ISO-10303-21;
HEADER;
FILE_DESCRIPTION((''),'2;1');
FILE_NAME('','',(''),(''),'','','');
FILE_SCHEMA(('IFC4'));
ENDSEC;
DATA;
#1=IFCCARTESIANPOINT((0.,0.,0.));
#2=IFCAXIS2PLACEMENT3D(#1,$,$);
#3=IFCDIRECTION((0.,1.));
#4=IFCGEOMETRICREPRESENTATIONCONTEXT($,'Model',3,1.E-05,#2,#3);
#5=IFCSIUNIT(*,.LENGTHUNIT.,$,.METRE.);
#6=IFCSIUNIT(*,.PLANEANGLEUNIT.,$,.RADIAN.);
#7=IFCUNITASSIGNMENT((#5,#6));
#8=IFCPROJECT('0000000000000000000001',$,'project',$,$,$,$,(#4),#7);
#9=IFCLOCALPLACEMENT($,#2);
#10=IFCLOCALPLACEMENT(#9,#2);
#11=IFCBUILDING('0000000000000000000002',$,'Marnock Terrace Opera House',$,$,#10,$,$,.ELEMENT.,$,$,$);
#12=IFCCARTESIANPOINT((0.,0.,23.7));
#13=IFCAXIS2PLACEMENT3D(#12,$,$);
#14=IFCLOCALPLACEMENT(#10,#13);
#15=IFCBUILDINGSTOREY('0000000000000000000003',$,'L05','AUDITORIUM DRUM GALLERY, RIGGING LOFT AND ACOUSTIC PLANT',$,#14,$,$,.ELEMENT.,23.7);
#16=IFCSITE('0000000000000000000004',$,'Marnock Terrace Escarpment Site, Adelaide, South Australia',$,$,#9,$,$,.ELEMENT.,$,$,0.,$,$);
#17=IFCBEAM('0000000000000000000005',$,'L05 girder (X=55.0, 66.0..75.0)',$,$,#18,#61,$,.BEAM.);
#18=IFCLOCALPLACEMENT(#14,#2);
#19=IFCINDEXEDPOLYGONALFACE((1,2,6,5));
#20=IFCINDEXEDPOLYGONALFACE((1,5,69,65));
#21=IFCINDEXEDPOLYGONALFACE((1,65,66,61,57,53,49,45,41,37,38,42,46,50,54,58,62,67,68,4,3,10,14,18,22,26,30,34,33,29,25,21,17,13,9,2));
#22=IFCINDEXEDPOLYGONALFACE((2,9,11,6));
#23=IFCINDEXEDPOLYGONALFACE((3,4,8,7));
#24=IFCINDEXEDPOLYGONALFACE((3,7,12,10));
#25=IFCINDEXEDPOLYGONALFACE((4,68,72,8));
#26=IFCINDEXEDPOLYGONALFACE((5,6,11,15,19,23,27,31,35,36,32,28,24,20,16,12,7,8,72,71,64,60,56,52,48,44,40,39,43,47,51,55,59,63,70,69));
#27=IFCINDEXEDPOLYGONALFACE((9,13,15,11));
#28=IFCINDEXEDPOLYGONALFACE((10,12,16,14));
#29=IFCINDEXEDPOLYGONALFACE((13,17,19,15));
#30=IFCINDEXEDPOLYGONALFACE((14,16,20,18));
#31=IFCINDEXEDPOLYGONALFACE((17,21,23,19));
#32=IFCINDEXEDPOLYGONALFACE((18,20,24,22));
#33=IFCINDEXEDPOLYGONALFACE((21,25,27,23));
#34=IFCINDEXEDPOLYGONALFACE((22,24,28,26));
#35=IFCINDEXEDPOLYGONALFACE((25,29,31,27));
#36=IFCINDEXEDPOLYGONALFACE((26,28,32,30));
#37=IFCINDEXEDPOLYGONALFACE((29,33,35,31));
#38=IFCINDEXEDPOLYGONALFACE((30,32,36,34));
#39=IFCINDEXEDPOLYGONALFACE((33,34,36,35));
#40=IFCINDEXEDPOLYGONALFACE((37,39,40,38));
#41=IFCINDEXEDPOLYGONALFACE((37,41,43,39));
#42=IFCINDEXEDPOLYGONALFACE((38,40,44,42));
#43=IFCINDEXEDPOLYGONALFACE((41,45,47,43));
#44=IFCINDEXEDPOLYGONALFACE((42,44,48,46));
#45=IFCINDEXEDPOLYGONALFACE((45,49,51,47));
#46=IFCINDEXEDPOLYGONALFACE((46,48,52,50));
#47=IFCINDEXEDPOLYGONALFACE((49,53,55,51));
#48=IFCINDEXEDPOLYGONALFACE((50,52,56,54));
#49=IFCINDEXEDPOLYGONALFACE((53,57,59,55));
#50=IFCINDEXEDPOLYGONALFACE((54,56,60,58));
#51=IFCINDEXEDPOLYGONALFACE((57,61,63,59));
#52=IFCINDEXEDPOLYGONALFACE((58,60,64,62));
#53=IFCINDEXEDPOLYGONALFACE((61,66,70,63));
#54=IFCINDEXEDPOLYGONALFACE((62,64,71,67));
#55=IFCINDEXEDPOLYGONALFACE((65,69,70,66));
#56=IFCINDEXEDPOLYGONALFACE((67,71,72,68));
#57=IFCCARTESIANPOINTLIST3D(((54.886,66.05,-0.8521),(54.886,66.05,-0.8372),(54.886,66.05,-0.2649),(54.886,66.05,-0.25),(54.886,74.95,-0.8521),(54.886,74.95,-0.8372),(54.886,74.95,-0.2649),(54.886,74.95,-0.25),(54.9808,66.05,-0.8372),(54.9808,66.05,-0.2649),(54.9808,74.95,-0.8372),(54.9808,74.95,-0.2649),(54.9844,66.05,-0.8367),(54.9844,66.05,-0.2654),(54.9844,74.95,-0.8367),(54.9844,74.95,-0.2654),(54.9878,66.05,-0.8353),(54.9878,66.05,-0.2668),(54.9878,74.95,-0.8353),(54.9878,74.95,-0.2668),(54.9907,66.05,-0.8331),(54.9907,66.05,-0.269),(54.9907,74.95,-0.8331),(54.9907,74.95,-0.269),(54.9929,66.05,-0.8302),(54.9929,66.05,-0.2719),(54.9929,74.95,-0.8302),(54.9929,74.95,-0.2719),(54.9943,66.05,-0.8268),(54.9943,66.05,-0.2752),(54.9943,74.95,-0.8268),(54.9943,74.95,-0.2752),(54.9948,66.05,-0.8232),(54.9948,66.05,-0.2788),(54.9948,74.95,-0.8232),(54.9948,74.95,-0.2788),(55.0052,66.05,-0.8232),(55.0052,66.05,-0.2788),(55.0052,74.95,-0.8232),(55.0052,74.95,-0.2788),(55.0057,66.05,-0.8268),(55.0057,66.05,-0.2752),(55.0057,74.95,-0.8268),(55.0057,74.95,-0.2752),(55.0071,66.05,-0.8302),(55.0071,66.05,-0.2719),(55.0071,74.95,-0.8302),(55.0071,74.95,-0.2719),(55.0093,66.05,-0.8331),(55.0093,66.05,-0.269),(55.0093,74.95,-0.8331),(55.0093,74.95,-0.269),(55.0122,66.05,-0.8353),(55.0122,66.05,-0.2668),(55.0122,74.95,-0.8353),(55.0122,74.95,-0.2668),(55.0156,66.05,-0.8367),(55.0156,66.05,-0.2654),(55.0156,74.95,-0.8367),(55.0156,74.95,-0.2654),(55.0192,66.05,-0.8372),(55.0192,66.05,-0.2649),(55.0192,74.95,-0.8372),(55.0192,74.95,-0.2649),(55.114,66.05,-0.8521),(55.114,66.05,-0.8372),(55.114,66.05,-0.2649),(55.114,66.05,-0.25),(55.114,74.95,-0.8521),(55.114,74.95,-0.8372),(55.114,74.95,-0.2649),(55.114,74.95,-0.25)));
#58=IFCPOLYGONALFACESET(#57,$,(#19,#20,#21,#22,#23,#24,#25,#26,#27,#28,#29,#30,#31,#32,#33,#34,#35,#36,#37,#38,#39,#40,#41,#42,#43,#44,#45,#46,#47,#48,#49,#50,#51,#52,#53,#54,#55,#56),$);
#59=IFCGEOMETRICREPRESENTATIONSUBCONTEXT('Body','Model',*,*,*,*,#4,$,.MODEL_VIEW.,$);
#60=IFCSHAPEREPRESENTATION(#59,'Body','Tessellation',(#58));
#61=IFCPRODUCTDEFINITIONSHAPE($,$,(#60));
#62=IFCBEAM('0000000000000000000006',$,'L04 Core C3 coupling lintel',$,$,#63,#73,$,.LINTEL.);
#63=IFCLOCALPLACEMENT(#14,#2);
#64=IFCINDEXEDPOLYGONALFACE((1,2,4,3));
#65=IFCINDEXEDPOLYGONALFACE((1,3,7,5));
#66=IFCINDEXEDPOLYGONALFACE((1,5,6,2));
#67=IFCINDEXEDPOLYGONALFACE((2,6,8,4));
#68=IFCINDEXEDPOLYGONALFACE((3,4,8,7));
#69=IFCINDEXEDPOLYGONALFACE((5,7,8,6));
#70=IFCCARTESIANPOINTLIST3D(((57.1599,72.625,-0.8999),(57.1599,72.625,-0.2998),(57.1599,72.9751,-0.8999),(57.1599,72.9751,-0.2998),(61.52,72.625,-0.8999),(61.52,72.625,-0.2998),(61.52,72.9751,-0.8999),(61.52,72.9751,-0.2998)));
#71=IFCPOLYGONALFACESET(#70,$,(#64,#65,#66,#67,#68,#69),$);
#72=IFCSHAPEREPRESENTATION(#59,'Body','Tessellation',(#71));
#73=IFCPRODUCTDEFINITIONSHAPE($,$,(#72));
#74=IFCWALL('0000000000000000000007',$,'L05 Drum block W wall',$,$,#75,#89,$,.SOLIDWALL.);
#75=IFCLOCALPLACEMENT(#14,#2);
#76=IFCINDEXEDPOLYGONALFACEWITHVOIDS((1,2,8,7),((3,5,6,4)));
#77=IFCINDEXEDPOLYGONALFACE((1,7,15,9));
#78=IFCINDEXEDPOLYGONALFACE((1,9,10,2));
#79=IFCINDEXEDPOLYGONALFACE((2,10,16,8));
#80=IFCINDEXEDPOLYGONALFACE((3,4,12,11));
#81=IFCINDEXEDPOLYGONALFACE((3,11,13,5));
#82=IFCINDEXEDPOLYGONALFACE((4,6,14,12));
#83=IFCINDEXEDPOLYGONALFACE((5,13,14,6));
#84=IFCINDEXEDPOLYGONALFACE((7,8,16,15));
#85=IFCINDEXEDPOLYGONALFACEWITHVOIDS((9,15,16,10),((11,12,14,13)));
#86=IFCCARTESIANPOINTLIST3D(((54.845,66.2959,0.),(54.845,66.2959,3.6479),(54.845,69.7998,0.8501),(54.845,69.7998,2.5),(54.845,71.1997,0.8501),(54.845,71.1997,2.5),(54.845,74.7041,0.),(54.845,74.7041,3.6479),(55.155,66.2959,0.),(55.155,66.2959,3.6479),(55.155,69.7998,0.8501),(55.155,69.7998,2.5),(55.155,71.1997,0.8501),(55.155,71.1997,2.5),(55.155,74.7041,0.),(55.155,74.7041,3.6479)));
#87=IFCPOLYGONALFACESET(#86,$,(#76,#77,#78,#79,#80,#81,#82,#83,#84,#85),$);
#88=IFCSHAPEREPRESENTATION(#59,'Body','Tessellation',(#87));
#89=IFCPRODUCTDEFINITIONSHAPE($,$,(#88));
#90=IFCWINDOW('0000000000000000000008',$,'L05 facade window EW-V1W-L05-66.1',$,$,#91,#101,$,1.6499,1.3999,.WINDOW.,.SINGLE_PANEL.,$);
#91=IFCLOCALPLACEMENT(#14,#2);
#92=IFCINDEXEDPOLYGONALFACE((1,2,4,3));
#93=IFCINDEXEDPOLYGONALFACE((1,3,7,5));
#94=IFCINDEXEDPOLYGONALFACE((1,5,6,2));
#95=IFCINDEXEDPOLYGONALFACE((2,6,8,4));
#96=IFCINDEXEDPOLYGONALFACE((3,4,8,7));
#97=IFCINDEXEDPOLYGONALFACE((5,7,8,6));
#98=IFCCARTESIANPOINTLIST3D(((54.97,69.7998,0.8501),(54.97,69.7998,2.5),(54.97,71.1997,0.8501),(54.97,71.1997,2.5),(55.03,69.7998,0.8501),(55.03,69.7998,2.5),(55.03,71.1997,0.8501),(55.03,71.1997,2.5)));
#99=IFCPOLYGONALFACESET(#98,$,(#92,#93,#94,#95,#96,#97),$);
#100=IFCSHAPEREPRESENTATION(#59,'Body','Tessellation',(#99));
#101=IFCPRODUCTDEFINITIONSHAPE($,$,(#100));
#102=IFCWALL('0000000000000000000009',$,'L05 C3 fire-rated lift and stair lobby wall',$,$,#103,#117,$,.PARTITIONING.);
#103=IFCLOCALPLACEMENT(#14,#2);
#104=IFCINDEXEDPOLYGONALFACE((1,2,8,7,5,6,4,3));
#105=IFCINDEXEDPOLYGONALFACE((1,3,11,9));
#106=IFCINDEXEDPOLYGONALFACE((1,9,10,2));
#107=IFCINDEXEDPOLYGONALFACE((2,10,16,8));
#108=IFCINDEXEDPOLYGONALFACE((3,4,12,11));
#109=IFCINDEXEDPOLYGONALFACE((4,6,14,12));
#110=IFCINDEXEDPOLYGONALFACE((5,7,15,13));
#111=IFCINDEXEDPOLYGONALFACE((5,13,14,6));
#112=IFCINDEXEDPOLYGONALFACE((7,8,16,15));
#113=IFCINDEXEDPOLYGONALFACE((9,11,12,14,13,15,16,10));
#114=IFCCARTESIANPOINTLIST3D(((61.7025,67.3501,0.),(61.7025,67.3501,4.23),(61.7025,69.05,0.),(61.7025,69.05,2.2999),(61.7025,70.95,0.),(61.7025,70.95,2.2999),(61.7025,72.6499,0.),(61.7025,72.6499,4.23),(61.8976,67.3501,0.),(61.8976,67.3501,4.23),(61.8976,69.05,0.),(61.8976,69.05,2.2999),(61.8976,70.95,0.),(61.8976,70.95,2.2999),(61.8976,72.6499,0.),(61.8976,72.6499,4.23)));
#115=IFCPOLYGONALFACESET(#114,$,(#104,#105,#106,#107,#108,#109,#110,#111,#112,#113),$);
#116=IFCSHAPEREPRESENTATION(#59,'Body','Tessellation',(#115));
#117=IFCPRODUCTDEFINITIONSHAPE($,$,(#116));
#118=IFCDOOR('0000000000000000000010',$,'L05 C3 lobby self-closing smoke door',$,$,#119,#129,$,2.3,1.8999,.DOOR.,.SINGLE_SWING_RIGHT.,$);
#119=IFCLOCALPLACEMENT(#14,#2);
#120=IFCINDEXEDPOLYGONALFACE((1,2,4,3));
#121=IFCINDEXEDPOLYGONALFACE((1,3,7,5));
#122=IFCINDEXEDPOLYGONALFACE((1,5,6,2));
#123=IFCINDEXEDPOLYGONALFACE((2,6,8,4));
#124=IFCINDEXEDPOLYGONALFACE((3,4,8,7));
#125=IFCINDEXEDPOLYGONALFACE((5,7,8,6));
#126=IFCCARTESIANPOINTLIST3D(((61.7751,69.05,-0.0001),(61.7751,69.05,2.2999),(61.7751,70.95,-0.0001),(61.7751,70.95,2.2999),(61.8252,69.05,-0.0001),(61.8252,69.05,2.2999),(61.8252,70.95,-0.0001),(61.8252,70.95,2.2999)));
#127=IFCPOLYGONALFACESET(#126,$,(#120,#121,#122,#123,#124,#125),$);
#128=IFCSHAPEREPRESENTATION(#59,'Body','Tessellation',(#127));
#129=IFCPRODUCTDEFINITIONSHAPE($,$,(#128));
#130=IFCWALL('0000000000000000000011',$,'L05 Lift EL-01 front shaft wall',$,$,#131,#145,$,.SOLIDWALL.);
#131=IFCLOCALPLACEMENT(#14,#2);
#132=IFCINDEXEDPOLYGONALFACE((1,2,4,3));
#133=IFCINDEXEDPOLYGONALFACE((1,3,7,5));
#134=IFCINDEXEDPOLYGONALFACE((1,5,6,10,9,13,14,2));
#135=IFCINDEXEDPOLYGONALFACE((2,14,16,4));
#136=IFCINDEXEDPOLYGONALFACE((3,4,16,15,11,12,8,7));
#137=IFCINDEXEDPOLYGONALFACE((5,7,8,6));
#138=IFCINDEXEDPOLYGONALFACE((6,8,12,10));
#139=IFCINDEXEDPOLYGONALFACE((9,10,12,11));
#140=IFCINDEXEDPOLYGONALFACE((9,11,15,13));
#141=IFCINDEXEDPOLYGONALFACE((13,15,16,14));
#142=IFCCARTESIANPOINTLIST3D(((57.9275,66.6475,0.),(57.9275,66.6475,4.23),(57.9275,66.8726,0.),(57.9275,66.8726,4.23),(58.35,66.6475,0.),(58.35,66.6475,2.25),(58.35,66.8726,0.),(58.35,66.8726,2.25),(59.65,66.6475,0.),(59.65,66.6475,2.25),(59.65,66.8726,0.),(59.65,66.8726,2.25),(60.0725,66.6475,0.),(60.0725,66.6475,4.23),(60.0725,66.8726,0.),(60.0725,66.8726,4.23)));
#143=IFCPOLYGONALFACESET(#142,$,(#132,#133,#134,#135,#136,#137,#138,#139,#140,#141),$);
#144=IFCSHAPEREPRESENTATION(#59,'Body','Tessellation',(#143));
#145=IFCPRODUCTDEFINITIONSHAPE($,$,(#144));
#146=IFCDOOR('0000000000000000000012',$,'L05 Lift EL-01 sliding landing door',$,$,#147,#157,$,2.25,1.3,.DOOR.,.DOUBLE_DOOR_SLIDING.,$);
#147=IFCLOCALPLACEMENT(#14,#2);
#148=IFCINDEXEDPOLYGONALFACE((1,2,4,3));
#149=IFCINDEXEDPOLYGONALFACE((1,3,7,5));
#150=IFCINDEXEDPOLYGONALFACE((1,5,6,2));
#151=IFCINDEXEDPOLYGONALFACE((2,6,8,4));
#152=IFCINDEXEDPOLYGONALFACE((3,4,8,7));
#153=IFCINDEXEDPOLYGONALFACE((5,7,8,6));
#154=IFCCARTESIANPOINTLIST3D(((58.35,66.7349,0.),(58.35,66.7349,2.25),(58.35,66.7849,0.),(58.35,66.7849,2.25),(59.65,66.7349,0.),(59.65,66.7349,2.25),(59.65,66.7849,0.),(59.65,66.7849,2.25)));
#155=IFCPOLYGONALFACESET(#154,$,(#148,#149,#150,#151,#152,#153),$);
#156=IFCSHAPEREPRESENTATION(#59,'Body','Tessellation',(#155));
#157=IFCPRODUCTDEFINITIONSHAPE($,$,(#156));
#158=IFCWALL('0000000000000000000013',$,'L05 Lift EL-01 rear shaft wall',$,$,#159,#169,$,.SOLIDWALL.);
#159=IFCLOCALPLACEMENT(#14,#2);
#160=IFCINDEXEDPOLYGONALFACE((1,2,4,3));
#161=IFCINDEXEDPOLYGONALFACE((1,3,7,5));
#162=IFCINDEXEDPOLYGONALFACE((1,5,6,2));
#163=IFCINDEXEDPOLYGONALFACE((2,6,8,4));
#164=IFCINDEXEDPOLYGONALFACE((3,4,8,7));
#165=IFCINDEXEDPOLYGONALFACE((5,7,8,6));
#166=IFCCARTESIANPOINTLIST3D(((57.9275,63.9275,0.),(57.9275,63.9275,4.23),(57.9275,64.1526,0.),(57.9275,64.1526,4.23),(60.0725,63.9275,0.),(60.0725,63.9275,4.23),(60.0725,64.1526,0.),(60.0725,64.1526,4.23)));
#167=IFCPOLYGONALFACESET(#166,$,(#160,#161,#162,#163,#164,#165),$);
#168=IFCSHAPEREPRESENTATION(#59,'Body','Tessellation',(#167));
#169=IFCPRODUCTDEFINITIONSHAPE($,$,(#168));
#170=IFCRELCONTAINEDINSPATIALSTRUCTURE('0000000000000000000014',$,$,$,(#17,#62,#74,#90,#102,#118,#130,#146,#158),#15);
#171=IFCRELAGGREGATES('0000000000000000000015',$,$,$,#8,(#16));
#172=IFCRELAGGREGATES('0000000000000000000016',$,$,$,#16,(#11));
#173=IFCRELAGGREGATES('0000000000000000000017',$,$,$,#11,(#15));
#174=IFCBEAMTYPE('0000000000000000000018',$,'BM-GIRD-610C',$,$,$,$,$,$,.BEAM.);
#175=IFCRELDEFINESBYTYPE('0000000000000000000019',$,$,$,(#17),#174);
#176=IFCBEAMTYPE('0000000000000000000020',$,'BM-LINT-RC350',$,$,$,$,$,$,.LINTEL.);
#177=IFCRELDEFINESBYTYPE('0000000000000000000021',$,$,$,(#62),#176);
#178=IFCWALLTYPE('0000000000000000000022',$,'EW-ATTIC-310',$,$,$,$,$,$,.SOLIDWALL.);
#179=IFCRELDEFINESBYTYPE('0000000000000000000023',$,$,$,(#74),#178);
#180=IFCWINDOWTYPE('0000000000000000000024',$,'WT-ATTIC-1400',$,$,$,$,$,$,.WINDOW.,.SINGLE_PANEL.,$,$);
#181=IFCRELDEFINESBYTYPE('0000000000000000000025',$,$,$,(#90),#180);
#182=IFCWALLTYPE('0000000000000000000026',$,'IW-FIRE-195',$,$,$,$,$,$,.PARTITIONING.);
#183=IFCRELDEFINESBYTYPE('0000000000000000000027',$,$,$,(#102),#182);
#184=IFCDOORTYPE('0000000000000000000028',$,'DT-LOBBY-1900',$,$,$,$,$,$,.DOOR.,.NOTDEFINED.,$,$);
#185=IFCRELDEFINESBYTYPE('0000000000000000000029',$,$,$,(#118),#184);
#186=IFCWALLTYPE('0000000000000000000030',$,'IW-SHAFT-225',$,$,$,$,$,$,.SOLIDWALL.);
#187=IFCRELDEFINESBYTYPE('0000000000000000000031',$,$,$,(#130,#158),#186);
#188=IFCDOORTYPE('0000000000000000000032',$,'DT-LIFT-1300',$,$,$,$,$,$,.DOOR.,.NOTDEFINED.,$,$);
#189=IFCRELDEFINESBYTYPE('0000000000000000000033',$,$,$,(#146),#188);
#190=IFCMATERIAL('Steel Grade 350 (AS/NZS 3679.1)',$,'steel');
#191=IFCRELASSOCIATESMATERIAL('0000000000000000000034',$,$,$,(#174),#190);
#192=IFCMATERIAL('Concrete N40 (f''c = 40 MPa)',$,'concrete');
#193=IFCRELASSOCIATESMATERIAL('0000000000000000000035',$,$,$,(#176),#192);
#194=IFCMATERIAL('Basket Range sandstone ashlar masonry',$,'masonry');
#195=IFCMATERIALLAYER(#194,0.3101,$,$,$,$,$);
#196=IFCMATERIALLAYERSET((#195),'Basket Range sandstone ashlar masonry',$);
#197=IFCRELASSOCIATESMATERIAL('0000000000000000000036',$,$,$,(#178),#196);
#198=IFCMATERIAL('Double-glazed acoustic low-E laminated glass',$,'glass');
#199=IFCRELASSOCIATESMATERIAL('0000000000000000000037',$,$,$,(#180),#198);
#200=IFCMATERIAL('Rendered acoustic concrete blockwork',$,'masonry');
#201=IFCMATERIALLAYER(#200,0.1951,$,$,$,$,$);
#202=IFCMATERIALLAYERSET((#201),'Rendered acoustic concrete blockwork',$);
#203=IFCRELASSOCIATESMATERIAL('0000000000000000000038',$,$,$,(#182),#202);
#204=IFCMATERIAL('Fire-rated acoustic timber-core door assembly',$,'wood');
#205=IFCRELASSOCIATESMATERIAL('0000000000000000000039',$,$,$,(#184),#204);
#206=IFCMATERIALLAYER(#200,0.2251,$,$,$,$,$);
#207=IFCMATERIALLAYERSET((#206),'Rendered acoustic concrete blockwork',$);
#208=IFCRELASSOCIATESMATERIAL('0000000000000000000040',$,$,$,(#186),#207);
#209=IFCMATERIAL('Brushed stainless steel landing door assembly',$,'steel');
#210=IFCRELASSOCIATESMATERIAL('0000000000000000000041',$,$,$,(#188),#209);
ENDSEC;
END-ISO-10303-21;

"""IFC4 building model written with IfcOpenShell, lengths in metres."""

from ifc_helpers import new_model, si_unit, direction, frame, frame_2d, origin, origin_2d, place, context, subcontext, project, spatial, rectangle, i_section, extrude, material, layer, layer_set, material_profile, profile_set, type_object, element, fill, save


model = new_model("IFC4")

# Units and contexts
model_context = context("Model", 3, precision=1e-05, world=origin(), true_north=direction((0.0, 1.0)))
body_context = subcontext(model_context, "Body", "Model", "MODEL_VIEW")
ifc_project = project(units=[si_unit("LENGTHUNIT", "METRE"), si_unit("PLANEANGLEUNIT", "RADIAN")], contexts=[model_context])

# Site, building, storey
site_placement = place(None, origin())
site = spatial("IfcSite", under=ifc_project, at=site_placement, Name="Marnock Terrace Escarpment Site, Adelaide, South Australia", CompositionType="ELEMENT", RefElevation=0.0)
building_placement = place(site_placement, origin())
building = spatial("IfcBuilding", under=site, at=building_placement, Name="Marnock Terrace Opera House", CompositionType="ELEMENT")
storey_placement = place(building_placement, frame((0.0, 0.0, 23.7)))
storey = spatial("IfcBuildingStorey", under=building, at=storey_placement, Name="L05", Description="AUDITORIUM DRUM GALLERY, RIGGING LOFT AND ACOUSTIC PLANT", CompositionType="ELEMENT", Elevation=23.7)

# Shared definitions
ifc_material_1 = material(Name="Concrete N40 (f'c = 40 MPa)", Category="concrete")

# Beams
ifc_material_2 = material(Name="Steel Grade 350 (AS/NZS 3679.1)", Category="steel")
ifc_material_profile_1 = material_profile(ifc_material_2, i_section(OverallWidth=0.228, OverallDepth=0.6021, WebThickness=0.0105, FlangeThickness=0.0149, FilletRadius=0.0139, at=origin_2d()))
ifc_profile_set_1 = profile_set([ifc_material_profile_1], Name="Steel Grade 350 (AS/NZS 3679.1)")
beam_type_1 = type_object("IfcBeamType", Name="BM-GIRD-610C", PredefinedType="BEAM", material=ifc_profile_set_1)
beam_1_placement = place(storey_placement, frame((55.0, 66.05, -0.551), z_axis=(0.0, 1.0, 0.0), x_axis=(-1.0, 0.0, 0.0)))
element("IfcBeam", 1, at=beam_1_placement, inside=storey, type_object=beam_type_1, Name="L05 girder (X=55.0, 66.0..75.0)", PredefinedType="BEAM", context=body_context, shape_type="SweptSolid", body=[
    extrude(i_section(OverallWidth=0.228, OverallDepth=0.6021, WebThickness=0.0105, FlangeThickness=0.0149, FilletRadius=0.0139, at=origin_2d()), origin(), (0.0, 0.0, 1.0), 8.8999),
])
ifc_material_profile_2 = material_profile(ifc_material_1, rectangle(XDim=0.3501, YDim=0.6001, at=origin_2d()))
ifc_profile_set_2 = profile_set([ifc_material_profile_2], Name="Concrete N40 (f'c = 40 MPa)")
beam_type_2 = type_object("IfcBeamType", Name="BM-LINT-RC350", PredefinedType="LINTEL", material=ifc_profile_set_2)
beam_2_placement = place(storey_placement, frame((57.1599, 72.8, -0.5999), z_axis=(1.0, 0.0, 0.0), x_axis=(0.0, 1.0, 0.0)))
element("IfcBeam", 2, at=beam_2_placement, inside=storey, type_object=beam_type_2, Name="L04 Core C3 coupling lintel", PredefinedType="LINTEL", context=body_context, shape_type="SweptSolid", body=[
    extrude(rectangle(XDim=0.3501, YDim=0.6001, at=origin_2d()), origin(), (0.0, 0.0, 1.0), 4.3601),
])

# Wall, opening, window
ifc_material_3 = material(Name="Basket Range sandstone ashlar masonry", Category="masonry")
ifc_layer_1 = layer(ifc_material_3, 0.3101)
ifc_layer_set_1 = layer_set([ifc_layer_1], Name="Basket Range sandstone ashlar masonry")
wall_type_1 = type_object("IfcWallType", Name="EW-ATTIC-310", PredefinedType="SOLIDWALL", material=ifc_layer_set_1)
wall_1_placement = place(storey_placement, frame((55.0, 66.2959, 0.0), z_axis=(0.0, 0.0, 1.0), x_axis=(0.0, 1.0, 0.0)))
wall_1 = element("IfcWall", 3, at=wall_1_placement, inside=storey, type_object=wall_type_1, Name="L05 Drum block W wall", PredefinedType="SOLIDWALL", context=body_context, shape_type="SweptSolid", body=[
    extrude(rectangle(XDim=8.4082, YDim=0.3101, at=frame_2d((4.2041, 0.0))), origin(), (0.0, 0.0, 1.0), 3.6479),
])
opening_1_placement = place(wall_1_placement, frame((3.5039, 0.0, 0.8501)))
opening_1 = element("IfcOpeningElement", 4, at=opening_1_placement, cuts=wall_1, PredefinedType="OPENING", context=body_context, shape_type="SweptSolid", body=[
    extrude(rectangle(XDim=1.3999, YDim=1.6499, at=frame_2d((0.7, 0.825))), frame((0.0, 0.165, 0.0), z_axis=(0.0, -1.0, 0.0), x_axis=(1.0, 0.0, 0.0)), (0.0, 0.0, 1.0), 0.3301),
])
ifc_material_4 = material(Name="Double-glazed acoustic low-E laminated glass", Category="glass")
window_type = type_object("IfcWindowType", Name="WT-ATTIC-1400", PartitioningType="SINGLE_PANEL", PredefinedType="WINDOW", material=ifc_material_4)
window_placement = place(opening_1_placement, origin())
window = element("IfcWindow", 5, at=window_placement, inside=storey, type_object=window_type, Name="L05 facade window EW-V1W-L05-66.1", OverallHeight=1.6499, OverallWidth=1.3999, PartitioningType="SINGLE_PANEL", PredefinedType="WINDOW", context=body_context, shape_type="SweptSolid", body=[
    extrude(rectangle(XDim=1.3999, YDim=1.6499, at=frame_2d((0.7, 0.825))), frame((0.0, 0.03, 0.0), z_axis=(0.0, -1.0, 0.0), x_axis=(1.0, 0.0, 0.0)), (0.0, 0.0, 1.0), 0.0601),
])
fill(opening_1, window)

# Walls, openings, doors
ifc_material_5 = material(Name="Rendered acoustic concrete blockwork", Category="masonry")
ifc_layer_2 = layer(ifc_material_5, 0.1951)
ifc_layer_set_2 = layer_set([ifc_layer_2], Name="Rendered acoustic concrete blockwork")
wall_type_2 = type_object("IfcWallType", Name="IW-FIRE-195", PredefinedType="PARTITIONING", material=ifc_layer_set_2)
wall_2_placement = place(storey_placement, frame((61.8, 67.3501, 0.0), z_axis=(0.0, 0.0, 1.0), x_axis=(0.0, 1.0, 0.0)))
wall_2 = element("IfcWall", 6, at=wall_2_placement, inside=storey, type_object=wall_type_2, Name="L05 C3 fire-rated lift and stair lobby wall", PredefinedType="PARTITIONING", context=body_context, shape_type="SweptSolid", body=[
    extrude(rectangle(XDim=5.2998, YDim=0.1951, at=frame_2d((2.6499, 0.0))), origin(), (0.0, 0.0, 1.0), 4.23),
])
opening_2_placement = place(wall_2_placement, frame((1.7, 0.0, 0.0)))
opening_2 = element("IfcOpeningElement", 7, at=opening_2_placement, cuts=wall_2, PredefinedType="OPENING", context=body_context, shape_type="SweptSolid", body=[
    extrude(rectangle(XDim=1.8999, YDim=2.3, at=frame_2d((0.95, 1.1499))), frame((0.0, 0.1074, 0.0), z_axis=(0.0, -1.0, 0.0), x_axis=(1.0, 0.0, 0.0)), (0.0, 0.0, 1.0), 0.2151),
])
ifc_material_6 = material(Name="Fire-rated acoustic timber-core door assembly", Category="wood")
door_type_1 = type_object("IfcDoorType", Name="DT-LOBBY-1900", OperationType="NOTDEFINED", PredefinedType="DOOR", material=ifc_material_6)
door_1_placement = place(opening_2_placement, origin())
door_1 = element("IfcDoor", 8, at=door_1_placement, inside=storey, type_object=door_type_1, Name="L05 C3 lobby self-closing smoke door", OperationType="SINGLE_SWING_RIGHT", OverallHeight=2.3, OverallWidth=1.8999, PredefinedType="DOOR", context=body_context, shape_type="SweptSolid", body=[
    extrude(rectangle(XDim=1.8999, YDim=2.3, at=frame_2d((0.95, 1.1499))), frame((0.0, 0.0249, 0.0), z_axis=(0.0, -1.0, 0.0), x_axis=(1.0, 0.0, 0.0)), (0.0, 0.0, 1.0), 0.05),
])
fill(opening_2, door_1)
ifc_layer_3 = layer(ifc_material_5, 0.2251)
ifc_layer_set_3 = layer_set([ifc_layer_3], Name="Rendered acoustic concrete blockwork")
wall_type_3 = type_object("IfcWallType", Name="IW-SHAFT-225", PredefinedType="SOLIDWALL", material=ifc_layer_set_3)
wall_3_placement = place(storey_placement, frame((57.9275, 66.76, 0.0), z_axis=(0.0, 0.0, 1.0), x_axis=(1.0, 0.0, 0.0)))
wall_3 = element("IfcWall", 9, at=wall_3_placement, inside=storey, type_object=wall_type_3, Name="L05 Lift EL-01 front shaft wall", PredefinedType="SOLIDWALL", context=body_context, shape_type="SweptSolid", body=[
    extrude(rectangle(XDim=2.145, YDim=0.2251, at=frame_2d((1.0725, 0.0))), origin(), (0.0, 0.0, 1.0), 4.23),
])
opening_3_placement = place(wall_3_placement, frame((0.4226, 0.0, 0.0)))
opening_3 = element("IfcOpeningElement", 10, at=opening_3_placement, cuts=wall_3, PredefinedType="OPENING", context=body_context, shape_type="SweptSolid", body=[
    extrude(rectangle(XDim=1.3, YDim=2.25, at=frame_2d((0.6499, 1.125))), frame((0.0, 0.1226, 0.0), z_axis=(0.0, -1.0, 0.0), x_axis=(1.0, 0.0, 0.0)), (0.0, 0.0, 1.0), 0.2451),
])
ifc_material_7 = material(Name="Brushed stainless steel landing door assembly", Category="steel")
door_type_2 = type_object("IfcDoorType", Name="DT-LIFT-1300", OperationType="NOTDEFINED", PredefinedType="DOOR", material=ifc_material_7)
door_2_placement = place(opening_3_placement, origin())
door_2 = element("IfcDoor", 11, at=door_2_placement, inside=storey, type_object=door_type_2, Name="L05 Lift EL-01 sliding landing door", OperationType="DOUBLE_DOOR_SLIDING", OverallHeight=2.25, OverallWidth=1.3, PredefinedType="DOOR", context=body_context, shape_type="SweptSolid", body=[
    extrude(rectangle(XDim=1.3, YDim=2.25, at=frame_2d((0.6499, 1.125))), frame((0.0, 0.0249, 0.0), z_axis=(0.0, -1.0, 0.0), x_axis=(1.0, 0.0, 0.0)), (0.0, 0.0, 1.0), 0.05),
])
fill(opening_3, door_2)

# Wall
wall_4_placement = place(storey_placement, frame((57.9275, 64.04, 0.0), z_axis=(0.0, 0.0, 1.0), x_axis=(1.0, 0.0, 0.0)))
element("IfcWall", 12, at=wall_4_placement, inside=storey, type_object=wall_type_3, Name="L05 Lift EL-01 rear shaft wall", PredefinedType="SOLIDWALL", context=body_context, shape_type="SweptSolid", body=[
    extrude(rectangle(XDim=2.145, YDim=0.2251, at=frame_2d((1.0725, 0.0))), origin(), (0.0, 0.0, 1.0), 4.23),
])

save(model, "model.ifc")
